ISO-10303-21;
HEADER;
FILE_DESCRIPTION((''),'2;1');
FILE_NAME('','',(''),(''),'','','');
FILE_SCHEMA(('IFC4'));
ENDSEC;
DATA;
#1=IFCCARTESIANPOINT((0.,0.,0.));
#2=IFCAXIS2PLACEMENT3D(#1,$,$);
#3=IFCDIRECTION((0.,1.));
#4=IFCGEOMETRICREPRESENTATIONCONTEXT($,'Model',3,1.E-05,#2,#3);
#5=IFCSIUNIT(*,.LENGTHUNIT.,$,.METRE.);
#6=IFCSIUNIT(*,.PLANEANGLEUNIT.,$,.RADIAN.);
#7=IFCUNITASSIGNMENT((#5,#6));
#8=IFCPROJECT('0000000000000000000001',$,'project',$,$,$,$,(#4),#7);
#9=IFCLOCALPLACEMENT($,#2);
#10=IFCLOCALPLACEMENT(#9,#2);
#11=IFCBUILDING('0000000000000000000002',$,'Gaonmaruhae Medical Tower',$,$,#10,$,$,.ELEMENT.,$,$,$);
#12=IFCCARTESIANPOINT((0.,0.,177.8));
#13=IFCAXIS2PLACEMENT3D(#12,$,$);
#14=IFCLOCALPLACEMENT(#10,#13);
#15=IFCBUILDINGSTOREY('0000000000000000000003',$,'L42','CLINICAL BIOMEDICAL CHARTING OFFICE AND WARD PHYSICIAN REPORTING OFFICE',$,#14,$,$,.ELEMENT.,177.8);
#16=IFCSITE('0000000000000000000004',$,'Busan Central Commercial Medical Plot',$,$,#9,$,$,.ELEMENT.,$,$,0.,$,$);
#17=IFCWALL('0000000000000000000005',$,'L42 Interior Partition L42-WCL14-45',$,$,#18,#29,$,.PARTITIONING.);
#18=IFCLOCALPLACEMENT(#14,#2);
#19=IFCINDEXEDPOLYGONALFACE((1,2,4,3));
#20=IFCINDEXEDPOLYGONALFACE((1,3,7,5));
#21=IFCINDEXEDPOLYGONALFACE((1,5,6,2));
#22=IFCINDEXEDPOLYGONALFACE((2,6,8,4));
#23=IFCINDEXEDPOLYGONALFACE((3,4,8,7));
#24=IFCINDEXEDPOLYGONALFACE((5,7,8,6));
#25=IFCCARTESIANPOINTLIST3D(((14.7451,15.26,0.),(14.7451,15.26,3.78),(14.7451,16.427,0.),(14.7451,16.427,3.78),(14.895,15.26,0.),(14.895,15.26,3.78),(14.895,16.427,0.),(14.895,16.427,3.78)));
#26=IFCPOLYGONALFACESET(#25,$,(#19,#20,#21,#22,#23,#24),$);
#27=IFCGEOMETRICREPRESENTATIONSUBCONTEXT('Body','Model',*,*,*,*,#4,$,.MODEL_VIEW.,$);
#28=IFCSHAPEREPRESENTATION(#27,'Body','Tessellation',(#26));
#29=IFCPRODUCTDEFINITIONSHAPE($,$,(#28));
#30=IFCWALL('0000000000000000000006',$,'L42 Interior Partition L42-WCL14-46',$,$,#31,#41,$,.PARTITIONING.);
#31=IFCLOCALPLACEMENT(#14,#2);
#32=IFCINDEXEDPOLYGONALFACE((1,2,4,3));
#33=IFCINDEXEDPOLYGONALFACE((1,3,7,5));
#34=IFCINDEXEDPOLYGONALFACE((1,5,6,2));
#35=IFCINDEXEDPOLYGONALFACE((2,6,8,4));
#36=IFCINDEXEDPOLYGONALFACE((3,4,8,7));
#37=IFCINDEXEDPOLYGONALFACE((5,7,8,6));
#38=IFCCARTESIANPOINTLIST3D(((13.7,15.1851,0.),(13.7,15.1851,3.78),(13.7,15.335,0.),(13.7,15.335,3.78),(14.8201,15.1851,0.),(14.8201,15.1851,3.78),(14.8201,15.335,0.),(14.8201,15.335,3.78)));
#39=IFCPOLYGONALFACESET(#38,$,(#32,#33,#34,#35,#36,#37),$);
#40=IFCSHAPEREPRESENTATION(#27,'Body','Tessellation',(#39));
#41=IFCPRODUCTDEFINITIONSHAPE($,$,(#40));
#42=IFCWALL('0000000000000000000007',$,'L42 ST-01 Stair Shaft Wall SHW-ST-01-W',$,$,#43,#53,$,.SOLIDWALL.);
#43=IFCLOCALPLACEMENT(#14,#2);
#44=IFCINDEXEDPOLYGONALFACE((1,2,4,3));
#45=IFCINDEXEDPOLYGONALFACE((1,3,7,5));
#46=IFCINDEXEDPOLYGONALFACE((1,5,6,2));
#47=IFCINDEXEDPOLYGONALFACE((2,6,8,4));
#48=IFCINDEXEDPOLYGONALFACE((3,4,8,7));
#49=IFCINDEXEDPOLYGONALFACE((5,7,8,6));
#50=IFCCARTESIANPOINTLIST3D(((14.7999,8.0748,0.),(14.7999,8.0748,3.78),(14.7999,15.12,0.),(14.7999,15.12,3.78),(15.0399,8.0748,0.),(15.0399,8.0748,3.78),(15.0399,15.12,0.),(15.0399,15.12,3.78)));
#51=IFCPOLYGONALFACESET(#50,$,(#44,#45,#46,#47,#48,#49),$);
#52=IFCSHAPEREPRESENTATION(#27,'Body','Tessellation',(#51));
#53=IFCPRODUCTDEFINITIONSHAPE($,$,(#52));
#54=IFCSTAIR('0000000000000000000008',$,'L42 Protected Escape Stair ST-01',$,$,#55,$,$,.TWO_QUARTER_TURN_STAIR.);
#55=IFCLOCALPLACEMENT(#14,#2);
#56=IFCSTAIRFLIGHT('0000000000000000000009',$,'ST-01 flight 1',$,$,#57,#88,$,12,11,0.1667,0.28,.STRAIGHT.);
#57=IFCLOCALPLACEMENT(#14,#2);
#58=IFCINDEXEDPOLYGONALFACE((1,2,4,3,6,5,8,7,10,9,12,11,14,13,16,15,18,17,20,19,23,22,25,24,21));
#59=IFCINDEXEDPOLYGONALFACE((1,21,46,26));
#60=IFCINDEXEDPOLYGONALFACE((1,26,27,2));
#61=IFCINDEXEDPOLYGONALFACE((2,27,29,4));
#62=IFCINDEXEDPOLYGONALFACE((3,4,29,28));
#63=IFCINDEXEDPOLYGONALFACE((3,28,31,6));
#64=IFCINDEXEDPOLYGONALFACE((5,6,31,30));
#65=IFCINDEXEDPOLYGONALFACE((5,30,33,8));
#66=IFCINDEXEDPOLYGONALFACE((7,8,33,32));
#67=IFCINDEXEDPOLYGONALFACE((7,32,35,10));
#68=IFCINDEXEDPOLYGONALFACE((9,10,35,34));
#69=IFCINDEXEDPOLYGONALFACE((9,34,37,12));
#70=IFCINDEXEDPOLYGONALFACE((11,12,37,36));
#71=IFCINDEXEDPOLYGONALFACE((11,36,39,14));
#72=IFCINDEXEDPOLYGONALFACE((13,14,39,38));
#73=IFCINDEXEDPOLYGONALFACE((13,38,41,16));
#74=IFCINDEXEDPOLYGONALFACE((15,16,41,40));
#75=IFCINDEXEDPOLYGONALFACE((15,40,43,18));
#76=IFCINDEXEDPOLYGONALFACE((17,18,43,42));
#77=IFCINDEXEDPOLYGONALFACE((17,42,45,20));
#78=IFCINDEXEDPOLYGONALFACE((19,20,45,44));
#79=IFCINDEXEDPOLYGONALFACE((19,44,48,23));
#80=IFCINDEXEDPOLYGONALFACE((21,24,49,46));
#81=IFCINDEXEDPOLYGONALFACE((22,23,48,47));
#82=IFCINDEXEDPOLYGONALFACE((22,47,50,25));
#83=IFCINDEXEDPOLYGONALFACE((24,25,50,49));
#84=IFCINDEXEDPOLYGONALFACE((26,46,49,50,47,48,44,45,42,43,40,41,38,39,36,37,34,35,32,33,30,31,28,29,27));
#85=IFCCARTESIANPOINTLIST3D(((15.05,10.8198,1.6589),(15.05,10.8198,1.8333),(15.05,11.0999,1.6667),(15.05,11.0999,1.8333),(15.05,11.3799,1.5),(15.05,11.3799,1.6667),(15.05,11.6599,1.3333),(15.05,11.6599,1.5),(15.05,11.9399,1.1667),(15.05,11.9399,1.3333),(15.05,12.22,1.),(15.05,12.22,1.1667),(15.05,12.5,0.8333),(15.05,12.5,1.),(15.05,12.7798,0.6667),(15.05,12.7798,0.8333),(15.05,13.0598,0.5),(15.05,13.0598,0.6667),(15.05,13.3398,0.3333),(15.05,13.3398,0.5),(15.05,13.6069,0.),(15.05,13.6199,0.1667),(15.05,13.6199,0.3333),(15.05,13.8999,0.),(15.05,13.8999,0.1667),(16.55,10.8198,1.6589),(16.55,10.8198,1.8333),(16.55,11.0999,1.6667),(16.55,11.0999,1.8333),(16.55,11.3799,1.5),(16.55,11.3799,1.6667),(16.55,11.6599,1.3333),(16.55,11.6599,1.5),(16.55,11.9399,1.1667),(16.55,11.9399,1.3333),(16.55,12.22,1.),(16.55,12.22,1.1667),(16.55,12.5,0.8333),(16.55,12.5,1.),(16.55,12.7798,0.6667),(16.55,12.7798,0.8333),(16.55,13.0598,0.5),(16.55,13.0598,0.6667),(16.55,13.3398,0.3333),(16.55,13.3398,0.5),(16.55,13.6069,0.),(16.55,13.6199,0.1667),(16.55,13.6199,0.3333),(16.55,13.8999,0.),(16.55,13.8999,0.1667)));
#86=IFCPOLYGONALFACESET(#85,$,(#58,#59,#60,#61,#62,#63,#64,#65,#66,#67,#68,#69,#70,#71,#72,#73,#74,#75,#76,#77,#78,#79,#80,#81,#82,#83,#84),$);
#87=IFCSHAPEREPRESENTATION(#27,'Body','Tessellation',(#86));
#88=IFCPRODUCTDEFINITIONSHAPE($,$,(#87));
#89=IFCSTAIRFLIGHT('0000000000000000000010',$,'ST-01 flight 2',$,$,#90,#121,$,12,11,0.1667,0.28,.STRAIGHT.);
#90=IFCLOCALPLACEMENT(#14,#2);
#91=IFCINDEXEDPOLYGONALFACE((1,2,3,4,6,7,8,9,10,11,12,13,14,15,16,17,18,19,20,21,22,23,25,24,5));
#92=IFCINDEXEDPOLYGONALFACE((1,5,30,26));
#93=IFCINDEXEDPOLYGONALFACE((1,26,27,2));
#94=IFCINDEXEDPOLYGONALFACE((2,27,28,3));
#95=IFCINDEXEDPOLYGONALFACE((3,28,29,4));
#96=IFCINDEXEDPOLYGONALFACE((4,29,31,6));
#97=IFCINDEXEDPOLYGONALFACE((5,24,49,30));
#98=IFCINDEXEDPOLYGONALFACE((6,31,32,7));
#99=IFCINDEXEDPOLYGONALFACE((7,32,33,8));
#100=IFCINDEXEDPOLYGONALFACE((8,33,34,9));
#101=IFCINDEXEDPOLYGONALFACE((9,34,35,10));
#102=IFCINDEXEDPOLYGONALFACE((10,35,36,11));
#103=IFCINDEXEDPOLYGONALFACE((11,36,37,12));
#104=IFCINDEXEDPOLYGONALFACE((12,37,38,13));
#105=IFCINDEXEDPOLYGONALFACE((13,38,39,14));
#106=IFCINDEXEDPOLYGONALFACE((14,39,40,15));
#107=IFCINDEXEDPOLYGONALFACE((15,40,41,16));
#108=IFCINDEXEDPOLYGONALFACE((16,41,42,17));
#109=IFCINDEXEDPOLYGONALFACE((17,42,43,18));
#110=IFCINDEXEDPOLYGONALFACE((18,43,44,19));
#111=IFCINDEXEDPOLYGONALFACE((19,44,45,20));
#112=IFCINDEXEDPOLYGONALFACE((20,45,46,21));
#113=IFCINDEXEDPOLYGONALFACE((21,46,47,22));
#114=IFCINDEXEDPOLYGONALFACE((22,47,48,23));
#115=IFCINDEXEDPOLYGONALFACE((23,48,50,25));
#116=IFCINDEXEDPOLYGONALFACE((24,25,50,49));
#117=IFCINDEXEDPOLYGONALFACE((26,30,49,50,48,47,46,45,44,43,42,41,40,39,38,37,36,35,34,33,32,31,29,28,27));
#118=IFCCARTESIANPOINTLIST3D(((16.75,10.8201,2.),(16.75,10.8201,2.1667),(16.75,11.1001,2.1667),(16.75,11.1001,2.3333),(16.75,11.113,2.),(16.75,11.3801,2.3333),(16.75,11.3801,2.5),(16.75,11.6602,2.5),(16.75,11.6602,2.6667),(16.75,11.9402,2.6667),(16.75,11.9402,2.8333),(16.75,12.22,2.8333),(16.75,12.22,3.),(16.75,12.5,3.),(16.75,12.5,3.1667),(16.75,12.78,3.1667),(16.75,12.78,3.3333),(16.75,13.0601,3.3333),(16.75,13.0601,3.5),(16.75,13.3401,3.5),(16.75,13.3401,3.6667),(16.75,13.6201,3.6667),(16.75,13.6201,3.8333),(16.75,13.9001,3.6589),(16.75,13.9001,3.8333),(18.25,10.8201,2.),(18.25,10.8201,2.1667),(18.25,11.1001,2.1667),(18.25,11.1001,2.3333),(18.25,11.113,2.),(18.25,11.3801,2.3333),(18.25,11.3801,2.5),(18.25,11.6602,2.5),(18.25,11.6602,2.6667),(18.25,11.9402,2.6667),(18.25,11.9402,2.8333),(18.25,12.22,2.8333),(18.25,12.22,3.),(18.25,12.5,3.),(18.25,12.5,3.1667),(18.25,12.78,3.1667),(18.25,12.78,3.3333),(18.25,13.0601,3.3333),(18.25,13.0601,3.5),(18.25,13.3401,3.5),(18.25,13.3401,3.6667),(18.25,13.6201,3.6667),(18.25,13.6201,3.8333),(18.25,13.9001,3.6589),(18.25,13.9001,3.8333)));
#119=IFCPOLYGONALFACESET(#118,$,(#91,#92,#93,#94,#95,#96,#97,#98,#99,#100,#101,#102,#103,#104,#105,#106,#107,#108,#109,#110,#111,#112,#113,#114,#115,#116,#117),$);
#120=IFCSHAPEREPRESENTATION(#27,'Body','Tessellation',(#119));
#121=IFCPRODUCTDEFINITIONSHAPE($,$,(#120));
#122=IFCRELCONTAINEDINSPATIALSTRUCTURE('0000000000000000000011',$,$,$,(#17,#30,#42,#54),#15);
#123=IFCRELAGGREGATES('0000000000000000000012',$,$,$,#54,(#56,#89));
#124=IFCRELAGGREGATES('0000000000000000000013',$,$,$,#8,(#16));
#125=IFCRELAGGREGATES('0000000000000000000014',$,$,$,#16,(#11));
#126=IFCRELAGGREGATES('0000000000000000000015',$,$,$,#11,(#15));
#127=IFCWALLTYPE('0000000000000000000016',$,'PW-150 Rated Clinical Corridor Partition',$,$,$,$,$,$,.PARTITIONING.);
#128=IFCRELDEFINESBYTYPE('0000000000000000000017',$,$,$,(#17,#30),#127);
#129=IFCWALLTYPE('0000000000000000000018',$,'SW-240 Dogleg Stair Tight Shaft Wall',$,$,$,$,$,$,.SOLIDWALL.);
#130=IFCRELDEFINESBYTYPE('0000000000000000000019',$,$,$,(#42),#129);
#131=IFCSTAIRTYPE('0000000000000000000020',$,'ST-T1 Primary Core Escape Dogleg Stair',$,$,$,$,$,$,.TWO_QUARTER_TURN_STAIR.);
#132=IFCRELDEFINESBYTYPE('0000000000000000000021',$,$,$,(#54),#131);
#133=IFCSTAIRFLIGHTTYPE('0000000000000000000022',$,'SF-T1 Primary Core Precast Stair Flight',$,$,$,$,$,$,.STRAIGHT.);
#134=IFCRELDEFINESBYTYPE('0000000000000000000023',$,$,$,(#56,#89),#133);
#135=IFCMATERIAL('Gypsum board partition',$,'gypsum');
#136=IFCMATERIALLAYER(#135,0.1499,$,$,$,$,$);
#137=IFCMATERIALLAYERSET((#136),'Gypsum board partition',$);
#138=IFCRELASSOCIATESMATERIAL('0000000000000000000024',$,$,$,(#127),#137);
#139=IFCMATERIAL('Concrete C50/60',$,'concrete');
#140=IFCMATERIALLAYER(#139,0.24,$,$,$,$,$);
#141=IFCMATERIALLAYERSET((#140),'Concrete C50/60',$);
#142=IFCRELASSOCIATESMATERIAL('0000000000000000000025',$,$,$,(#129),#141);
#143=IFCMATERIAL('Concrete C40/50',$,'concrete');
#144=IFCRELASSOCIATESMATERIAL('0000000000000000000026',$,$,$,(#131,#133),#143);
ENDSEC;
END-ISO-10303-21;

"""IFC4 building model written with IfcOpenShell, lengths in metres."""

from ifc_helpers import new_model, si_unit, direction, frame, frame_2d, origin, place, context, subcontext, project, spatial, polyline, rectangle, outline, extrude, material, layer, layer_set, type_object, element, aggregate, save


model = new_model("IFC4")

# Units and contexts
model_context = context("Model", 3, precision=1e-05, world=origin(), true_north=direction((0.0, 1.0)))
body_context = subcontext(model_context, "Body", "Model", "MODEL_VIEW")
ifc_project = project(units=[si_unit("LENGTHUNIT", "METRE"), si_unit("PLANEANGLEUNIT", "RADIAN")], contexts=[model_context])

# Site, building, storey
site_placement = place(None, origin())
site = spatial("IfcSite", under=ifc_project, at=site_placement, Name="Busan Central Commercial Medical Plot", CompositionType="ELEMENT", RefElevation=0.0)
building_placement = place(site_placement, origin())
building = spatial("IfcBuilding", under=site, at=building_placement, Name="Gaonmaruhae Medical Tower", CompositionType="ELEMENT")
storey_placement = place(building_placement, frame((0.0, 0.0, 177.8)))
storey = spatial("IfcBuildingStorey", under=building, at=storey_placement, Name="L42", Description="CLINICAL BIOMEDICAL CHARTING OFFICE AND WARD PHYSICIAN REPORTING OFFICE", CompositionType="ELEMENT", Elevation=177.8)

# Shared definitions
ifc_material_1 = material(Name="Concrete C50/60", Category="concrete")

# Walls
ifc_material_2 = material(Name="Gypsum board partition", Category="gypsum")
ifc_layer_1 = layer(ifc_material_2, 0.1499)
ifc_layer_set_1 = layer_set([ifc_layer_1], Name="Gypsum board partition")
wall_type_1 = type_object("IfcWallType", Name="PW-150 Rated Clinical Corridor Partition", PredefinedType="PARTITIONING", material=ifc_layer_set_1)
wall_1_placement = place(storey_placement, frame((14.8201, 16.427, 0.0), z_axis=(0.0, 0.0, 1.0), x_axis=(0.0, -1.0, 0.0)))
element("IfcWall", 1, at=wall_1_placement, inside=storey, type_object=wall_type_1, Name="L42 Interior Partition L42-WCL14-45", PredefinedType="PARTITIONING", context=body_context, shape_type="SweptSolid", body=[
    extrude(rectangle(XDim=1.167, YDim=0.1499, at=frame_2d((0.5835, 0.0))), origin(), (0.0, 0.0, 1.0), 3.78),
])
wall_2_placement = place(storey_placement, frame((14.8201, 15.26, 0.0), z_axis=(0.0, 0.0, 1.0), x_axis=(-1.0, 0.0, 0.0)))
element("IfcWall", 2, at=wall_2_placement, inside=storey, type_object=wall_type_1, Name="L42 Interior Partition L42-WCL14-46", PredefinedType="PARTITIONING", context=body_context, shape_type="SweptSolid", body=[
    extrude(rectangle(XDim=1.1201, YDim=0.1499, at=frame_2d((0.5601, 0.0))), origin(), (0.0, 0.0, 1.0), 3.78),
])

# Shared definitions
ifc_layer_2 = layer(ifc_material_1, 0.24)
ifc_layer_set_2 = layer_set([ifc_layer_2], Name="Concrete C50/60")
wall_type_2 = type_object("IfcWallType", Name="SW-240 Dogleg Stair Tight Shaft Wall", PredefinedType="SOLIDWALL", material=ifc_layer_set_2)

# Wall
wall_3_placement = place(storey_placement, frame((14.9199, 8.075, 0.0), z_axis=(0.0, 0.0, 1.0), x_axis=(0.0, 1.0, 0.0)))
element("IfcWall", 3, at=wall_3_placement, inside=storey, type_object=wall_type_2, Name="L42 ST-01 Stair Shaft Wall SHW-ST-01-W", PredefinedType="SOLIDWALL", context=body_context, shape_type="SweptSolid", body=[
    extrude(rectangle(XDim=7.0452, YDim=0.24, at=frame_2d((3.5225, 0.0))), origin(), (0.0, 0.0, 1.0), 3.78),
])

# Stair, stair flights
ifc_material_3 = material(Name="Concrete C40/50", Category="concrete")
stair_type = type_object("IfcStairType", Name="ST-T1 Primary Core Escape Dogleg Stair", PredefinedType="TWO_QUARTER_TURN_STAIR", material=ifc_material_3)
stair_placement = place(storey_placement, origin())
stair = element("IfcStair", 4, at=stair_placement, inside=storey, type_object=stair_type, Name="L42 Protected Escape Stair ST-01", PredefinedType="TWO_QUARTER_TURN_STAIR")
stair_flight_type = type_object("IfcStairFlightType", Name="SF-T1 Primary Core Precast Stair Flight", PredefinedType="STRAIGHT", material=ifc_material_3)
stair_flight_1_placement = place(storey_placement, frame((15.8, 13.8999, 0.0), z_axis=(0.0, 0.0, 1.0), x_axis=(0.0, -1.0, 0.0)))
stair_flight_1 = element("IfcStairFlight", 5, at=stair_flight_1_placement, type_object=stair_flight_type, Name="ST-01 flight 1", NumberOfRisers=12, NumberOfTreads=11, PredefinedType="STRAIGHT", RiserHeight=0.1667, TreadLength=0.28, context=body_context, shape_type="SweptSolid", body=[
    extrude(outline(polyline([(0.0, 0.0), (0.0, 0.1667), (0.28, 0.1667), (0.28, 0.3333), (0.5601, 0.3333), (0.5601, 0.5), (0.8401, 0.5), (0.8401, 0.6667), (1.1201, 0.6667), (1.1201, 0.8333), (1.3999, 0.8333), (1.3999, 1.0), (1.6799, 1.0), (1.6799, 1.1667), (1.96, 1.1667), (1.96, 1.3333), (2.24, 1.3333), (2.24, 1.5), (2.52, 1.5), (2.52, 1.6667), (2.8, 1.6667), (2.8, 1.8333), (3.0801, 1.8333), (3.0801, 2.0), (3.0801, 1.6589), (0.293, 0.0), (0.0, 0.0)])), frame((0.0, 0.75, 0.0), z_axis=(0.0, -1.0, 0.0), x_axis=(1.0, 0.0, 0.0)), (0.0, 0.0, 1.0), 1.5),
])
stair_flight_2_placement = place(storey_placement, frame((17.5, 10.8201, 2.0), z_axis=(0.0, 0.0, 1.0), x_axis=(0.0, 1.0, 0.0)))
stair_flight_2 = element("IfcStairFlight", 6, at=stair_flight_2_placement, type_object=stair_flight_type, Name="ST-01 flight 2", NumberOfRisers=12, NumberOfTreads=11, PredefinedType="STRAIGHT", RiserHeight=0.1667, TreadLength=0.28, context=body_context, shape_type="SweptSolid", body=[
    extrude(outline(polyline([(0.0, 0.0), (0.0, 0.1667), (0.28, 0.1667), (0.28, 0.3333), (0.5601, 0.3333), (0.5601, 0.5), (0.8401, 0.5), (0.8401, 0.6667), (1.1201, 0.6667), (1.1201, 0.8333), (1.3999, 0.8333), (1.3999, 1.0), (1.6799, 1.0), (1.6799, 1.1667), (1.96, 1.1667), (1.96, 1.3333), (2.24, 1.3333), (2.24, 1.5), (2.52, 1.5), (2.52, 1.6667), (2.8, 1.6667), (2.8, 1.8333), (3.0801, 1.8333), (3.0801, 2.0), (3.0801, 1.6589), (0.293, 0.0), (0.0, 0.0)])), frame((0.0, 0.75, 0.0), z_axis=(0.0, -1.0, 0.0), x_axis=(1.0, 0.0, 0.0)), (0.0, 0.0, 1.0), 1.5),
])
aggregate(stair, [stair_flight_1, stair_flight_2])

save(model, "model.ifc")
